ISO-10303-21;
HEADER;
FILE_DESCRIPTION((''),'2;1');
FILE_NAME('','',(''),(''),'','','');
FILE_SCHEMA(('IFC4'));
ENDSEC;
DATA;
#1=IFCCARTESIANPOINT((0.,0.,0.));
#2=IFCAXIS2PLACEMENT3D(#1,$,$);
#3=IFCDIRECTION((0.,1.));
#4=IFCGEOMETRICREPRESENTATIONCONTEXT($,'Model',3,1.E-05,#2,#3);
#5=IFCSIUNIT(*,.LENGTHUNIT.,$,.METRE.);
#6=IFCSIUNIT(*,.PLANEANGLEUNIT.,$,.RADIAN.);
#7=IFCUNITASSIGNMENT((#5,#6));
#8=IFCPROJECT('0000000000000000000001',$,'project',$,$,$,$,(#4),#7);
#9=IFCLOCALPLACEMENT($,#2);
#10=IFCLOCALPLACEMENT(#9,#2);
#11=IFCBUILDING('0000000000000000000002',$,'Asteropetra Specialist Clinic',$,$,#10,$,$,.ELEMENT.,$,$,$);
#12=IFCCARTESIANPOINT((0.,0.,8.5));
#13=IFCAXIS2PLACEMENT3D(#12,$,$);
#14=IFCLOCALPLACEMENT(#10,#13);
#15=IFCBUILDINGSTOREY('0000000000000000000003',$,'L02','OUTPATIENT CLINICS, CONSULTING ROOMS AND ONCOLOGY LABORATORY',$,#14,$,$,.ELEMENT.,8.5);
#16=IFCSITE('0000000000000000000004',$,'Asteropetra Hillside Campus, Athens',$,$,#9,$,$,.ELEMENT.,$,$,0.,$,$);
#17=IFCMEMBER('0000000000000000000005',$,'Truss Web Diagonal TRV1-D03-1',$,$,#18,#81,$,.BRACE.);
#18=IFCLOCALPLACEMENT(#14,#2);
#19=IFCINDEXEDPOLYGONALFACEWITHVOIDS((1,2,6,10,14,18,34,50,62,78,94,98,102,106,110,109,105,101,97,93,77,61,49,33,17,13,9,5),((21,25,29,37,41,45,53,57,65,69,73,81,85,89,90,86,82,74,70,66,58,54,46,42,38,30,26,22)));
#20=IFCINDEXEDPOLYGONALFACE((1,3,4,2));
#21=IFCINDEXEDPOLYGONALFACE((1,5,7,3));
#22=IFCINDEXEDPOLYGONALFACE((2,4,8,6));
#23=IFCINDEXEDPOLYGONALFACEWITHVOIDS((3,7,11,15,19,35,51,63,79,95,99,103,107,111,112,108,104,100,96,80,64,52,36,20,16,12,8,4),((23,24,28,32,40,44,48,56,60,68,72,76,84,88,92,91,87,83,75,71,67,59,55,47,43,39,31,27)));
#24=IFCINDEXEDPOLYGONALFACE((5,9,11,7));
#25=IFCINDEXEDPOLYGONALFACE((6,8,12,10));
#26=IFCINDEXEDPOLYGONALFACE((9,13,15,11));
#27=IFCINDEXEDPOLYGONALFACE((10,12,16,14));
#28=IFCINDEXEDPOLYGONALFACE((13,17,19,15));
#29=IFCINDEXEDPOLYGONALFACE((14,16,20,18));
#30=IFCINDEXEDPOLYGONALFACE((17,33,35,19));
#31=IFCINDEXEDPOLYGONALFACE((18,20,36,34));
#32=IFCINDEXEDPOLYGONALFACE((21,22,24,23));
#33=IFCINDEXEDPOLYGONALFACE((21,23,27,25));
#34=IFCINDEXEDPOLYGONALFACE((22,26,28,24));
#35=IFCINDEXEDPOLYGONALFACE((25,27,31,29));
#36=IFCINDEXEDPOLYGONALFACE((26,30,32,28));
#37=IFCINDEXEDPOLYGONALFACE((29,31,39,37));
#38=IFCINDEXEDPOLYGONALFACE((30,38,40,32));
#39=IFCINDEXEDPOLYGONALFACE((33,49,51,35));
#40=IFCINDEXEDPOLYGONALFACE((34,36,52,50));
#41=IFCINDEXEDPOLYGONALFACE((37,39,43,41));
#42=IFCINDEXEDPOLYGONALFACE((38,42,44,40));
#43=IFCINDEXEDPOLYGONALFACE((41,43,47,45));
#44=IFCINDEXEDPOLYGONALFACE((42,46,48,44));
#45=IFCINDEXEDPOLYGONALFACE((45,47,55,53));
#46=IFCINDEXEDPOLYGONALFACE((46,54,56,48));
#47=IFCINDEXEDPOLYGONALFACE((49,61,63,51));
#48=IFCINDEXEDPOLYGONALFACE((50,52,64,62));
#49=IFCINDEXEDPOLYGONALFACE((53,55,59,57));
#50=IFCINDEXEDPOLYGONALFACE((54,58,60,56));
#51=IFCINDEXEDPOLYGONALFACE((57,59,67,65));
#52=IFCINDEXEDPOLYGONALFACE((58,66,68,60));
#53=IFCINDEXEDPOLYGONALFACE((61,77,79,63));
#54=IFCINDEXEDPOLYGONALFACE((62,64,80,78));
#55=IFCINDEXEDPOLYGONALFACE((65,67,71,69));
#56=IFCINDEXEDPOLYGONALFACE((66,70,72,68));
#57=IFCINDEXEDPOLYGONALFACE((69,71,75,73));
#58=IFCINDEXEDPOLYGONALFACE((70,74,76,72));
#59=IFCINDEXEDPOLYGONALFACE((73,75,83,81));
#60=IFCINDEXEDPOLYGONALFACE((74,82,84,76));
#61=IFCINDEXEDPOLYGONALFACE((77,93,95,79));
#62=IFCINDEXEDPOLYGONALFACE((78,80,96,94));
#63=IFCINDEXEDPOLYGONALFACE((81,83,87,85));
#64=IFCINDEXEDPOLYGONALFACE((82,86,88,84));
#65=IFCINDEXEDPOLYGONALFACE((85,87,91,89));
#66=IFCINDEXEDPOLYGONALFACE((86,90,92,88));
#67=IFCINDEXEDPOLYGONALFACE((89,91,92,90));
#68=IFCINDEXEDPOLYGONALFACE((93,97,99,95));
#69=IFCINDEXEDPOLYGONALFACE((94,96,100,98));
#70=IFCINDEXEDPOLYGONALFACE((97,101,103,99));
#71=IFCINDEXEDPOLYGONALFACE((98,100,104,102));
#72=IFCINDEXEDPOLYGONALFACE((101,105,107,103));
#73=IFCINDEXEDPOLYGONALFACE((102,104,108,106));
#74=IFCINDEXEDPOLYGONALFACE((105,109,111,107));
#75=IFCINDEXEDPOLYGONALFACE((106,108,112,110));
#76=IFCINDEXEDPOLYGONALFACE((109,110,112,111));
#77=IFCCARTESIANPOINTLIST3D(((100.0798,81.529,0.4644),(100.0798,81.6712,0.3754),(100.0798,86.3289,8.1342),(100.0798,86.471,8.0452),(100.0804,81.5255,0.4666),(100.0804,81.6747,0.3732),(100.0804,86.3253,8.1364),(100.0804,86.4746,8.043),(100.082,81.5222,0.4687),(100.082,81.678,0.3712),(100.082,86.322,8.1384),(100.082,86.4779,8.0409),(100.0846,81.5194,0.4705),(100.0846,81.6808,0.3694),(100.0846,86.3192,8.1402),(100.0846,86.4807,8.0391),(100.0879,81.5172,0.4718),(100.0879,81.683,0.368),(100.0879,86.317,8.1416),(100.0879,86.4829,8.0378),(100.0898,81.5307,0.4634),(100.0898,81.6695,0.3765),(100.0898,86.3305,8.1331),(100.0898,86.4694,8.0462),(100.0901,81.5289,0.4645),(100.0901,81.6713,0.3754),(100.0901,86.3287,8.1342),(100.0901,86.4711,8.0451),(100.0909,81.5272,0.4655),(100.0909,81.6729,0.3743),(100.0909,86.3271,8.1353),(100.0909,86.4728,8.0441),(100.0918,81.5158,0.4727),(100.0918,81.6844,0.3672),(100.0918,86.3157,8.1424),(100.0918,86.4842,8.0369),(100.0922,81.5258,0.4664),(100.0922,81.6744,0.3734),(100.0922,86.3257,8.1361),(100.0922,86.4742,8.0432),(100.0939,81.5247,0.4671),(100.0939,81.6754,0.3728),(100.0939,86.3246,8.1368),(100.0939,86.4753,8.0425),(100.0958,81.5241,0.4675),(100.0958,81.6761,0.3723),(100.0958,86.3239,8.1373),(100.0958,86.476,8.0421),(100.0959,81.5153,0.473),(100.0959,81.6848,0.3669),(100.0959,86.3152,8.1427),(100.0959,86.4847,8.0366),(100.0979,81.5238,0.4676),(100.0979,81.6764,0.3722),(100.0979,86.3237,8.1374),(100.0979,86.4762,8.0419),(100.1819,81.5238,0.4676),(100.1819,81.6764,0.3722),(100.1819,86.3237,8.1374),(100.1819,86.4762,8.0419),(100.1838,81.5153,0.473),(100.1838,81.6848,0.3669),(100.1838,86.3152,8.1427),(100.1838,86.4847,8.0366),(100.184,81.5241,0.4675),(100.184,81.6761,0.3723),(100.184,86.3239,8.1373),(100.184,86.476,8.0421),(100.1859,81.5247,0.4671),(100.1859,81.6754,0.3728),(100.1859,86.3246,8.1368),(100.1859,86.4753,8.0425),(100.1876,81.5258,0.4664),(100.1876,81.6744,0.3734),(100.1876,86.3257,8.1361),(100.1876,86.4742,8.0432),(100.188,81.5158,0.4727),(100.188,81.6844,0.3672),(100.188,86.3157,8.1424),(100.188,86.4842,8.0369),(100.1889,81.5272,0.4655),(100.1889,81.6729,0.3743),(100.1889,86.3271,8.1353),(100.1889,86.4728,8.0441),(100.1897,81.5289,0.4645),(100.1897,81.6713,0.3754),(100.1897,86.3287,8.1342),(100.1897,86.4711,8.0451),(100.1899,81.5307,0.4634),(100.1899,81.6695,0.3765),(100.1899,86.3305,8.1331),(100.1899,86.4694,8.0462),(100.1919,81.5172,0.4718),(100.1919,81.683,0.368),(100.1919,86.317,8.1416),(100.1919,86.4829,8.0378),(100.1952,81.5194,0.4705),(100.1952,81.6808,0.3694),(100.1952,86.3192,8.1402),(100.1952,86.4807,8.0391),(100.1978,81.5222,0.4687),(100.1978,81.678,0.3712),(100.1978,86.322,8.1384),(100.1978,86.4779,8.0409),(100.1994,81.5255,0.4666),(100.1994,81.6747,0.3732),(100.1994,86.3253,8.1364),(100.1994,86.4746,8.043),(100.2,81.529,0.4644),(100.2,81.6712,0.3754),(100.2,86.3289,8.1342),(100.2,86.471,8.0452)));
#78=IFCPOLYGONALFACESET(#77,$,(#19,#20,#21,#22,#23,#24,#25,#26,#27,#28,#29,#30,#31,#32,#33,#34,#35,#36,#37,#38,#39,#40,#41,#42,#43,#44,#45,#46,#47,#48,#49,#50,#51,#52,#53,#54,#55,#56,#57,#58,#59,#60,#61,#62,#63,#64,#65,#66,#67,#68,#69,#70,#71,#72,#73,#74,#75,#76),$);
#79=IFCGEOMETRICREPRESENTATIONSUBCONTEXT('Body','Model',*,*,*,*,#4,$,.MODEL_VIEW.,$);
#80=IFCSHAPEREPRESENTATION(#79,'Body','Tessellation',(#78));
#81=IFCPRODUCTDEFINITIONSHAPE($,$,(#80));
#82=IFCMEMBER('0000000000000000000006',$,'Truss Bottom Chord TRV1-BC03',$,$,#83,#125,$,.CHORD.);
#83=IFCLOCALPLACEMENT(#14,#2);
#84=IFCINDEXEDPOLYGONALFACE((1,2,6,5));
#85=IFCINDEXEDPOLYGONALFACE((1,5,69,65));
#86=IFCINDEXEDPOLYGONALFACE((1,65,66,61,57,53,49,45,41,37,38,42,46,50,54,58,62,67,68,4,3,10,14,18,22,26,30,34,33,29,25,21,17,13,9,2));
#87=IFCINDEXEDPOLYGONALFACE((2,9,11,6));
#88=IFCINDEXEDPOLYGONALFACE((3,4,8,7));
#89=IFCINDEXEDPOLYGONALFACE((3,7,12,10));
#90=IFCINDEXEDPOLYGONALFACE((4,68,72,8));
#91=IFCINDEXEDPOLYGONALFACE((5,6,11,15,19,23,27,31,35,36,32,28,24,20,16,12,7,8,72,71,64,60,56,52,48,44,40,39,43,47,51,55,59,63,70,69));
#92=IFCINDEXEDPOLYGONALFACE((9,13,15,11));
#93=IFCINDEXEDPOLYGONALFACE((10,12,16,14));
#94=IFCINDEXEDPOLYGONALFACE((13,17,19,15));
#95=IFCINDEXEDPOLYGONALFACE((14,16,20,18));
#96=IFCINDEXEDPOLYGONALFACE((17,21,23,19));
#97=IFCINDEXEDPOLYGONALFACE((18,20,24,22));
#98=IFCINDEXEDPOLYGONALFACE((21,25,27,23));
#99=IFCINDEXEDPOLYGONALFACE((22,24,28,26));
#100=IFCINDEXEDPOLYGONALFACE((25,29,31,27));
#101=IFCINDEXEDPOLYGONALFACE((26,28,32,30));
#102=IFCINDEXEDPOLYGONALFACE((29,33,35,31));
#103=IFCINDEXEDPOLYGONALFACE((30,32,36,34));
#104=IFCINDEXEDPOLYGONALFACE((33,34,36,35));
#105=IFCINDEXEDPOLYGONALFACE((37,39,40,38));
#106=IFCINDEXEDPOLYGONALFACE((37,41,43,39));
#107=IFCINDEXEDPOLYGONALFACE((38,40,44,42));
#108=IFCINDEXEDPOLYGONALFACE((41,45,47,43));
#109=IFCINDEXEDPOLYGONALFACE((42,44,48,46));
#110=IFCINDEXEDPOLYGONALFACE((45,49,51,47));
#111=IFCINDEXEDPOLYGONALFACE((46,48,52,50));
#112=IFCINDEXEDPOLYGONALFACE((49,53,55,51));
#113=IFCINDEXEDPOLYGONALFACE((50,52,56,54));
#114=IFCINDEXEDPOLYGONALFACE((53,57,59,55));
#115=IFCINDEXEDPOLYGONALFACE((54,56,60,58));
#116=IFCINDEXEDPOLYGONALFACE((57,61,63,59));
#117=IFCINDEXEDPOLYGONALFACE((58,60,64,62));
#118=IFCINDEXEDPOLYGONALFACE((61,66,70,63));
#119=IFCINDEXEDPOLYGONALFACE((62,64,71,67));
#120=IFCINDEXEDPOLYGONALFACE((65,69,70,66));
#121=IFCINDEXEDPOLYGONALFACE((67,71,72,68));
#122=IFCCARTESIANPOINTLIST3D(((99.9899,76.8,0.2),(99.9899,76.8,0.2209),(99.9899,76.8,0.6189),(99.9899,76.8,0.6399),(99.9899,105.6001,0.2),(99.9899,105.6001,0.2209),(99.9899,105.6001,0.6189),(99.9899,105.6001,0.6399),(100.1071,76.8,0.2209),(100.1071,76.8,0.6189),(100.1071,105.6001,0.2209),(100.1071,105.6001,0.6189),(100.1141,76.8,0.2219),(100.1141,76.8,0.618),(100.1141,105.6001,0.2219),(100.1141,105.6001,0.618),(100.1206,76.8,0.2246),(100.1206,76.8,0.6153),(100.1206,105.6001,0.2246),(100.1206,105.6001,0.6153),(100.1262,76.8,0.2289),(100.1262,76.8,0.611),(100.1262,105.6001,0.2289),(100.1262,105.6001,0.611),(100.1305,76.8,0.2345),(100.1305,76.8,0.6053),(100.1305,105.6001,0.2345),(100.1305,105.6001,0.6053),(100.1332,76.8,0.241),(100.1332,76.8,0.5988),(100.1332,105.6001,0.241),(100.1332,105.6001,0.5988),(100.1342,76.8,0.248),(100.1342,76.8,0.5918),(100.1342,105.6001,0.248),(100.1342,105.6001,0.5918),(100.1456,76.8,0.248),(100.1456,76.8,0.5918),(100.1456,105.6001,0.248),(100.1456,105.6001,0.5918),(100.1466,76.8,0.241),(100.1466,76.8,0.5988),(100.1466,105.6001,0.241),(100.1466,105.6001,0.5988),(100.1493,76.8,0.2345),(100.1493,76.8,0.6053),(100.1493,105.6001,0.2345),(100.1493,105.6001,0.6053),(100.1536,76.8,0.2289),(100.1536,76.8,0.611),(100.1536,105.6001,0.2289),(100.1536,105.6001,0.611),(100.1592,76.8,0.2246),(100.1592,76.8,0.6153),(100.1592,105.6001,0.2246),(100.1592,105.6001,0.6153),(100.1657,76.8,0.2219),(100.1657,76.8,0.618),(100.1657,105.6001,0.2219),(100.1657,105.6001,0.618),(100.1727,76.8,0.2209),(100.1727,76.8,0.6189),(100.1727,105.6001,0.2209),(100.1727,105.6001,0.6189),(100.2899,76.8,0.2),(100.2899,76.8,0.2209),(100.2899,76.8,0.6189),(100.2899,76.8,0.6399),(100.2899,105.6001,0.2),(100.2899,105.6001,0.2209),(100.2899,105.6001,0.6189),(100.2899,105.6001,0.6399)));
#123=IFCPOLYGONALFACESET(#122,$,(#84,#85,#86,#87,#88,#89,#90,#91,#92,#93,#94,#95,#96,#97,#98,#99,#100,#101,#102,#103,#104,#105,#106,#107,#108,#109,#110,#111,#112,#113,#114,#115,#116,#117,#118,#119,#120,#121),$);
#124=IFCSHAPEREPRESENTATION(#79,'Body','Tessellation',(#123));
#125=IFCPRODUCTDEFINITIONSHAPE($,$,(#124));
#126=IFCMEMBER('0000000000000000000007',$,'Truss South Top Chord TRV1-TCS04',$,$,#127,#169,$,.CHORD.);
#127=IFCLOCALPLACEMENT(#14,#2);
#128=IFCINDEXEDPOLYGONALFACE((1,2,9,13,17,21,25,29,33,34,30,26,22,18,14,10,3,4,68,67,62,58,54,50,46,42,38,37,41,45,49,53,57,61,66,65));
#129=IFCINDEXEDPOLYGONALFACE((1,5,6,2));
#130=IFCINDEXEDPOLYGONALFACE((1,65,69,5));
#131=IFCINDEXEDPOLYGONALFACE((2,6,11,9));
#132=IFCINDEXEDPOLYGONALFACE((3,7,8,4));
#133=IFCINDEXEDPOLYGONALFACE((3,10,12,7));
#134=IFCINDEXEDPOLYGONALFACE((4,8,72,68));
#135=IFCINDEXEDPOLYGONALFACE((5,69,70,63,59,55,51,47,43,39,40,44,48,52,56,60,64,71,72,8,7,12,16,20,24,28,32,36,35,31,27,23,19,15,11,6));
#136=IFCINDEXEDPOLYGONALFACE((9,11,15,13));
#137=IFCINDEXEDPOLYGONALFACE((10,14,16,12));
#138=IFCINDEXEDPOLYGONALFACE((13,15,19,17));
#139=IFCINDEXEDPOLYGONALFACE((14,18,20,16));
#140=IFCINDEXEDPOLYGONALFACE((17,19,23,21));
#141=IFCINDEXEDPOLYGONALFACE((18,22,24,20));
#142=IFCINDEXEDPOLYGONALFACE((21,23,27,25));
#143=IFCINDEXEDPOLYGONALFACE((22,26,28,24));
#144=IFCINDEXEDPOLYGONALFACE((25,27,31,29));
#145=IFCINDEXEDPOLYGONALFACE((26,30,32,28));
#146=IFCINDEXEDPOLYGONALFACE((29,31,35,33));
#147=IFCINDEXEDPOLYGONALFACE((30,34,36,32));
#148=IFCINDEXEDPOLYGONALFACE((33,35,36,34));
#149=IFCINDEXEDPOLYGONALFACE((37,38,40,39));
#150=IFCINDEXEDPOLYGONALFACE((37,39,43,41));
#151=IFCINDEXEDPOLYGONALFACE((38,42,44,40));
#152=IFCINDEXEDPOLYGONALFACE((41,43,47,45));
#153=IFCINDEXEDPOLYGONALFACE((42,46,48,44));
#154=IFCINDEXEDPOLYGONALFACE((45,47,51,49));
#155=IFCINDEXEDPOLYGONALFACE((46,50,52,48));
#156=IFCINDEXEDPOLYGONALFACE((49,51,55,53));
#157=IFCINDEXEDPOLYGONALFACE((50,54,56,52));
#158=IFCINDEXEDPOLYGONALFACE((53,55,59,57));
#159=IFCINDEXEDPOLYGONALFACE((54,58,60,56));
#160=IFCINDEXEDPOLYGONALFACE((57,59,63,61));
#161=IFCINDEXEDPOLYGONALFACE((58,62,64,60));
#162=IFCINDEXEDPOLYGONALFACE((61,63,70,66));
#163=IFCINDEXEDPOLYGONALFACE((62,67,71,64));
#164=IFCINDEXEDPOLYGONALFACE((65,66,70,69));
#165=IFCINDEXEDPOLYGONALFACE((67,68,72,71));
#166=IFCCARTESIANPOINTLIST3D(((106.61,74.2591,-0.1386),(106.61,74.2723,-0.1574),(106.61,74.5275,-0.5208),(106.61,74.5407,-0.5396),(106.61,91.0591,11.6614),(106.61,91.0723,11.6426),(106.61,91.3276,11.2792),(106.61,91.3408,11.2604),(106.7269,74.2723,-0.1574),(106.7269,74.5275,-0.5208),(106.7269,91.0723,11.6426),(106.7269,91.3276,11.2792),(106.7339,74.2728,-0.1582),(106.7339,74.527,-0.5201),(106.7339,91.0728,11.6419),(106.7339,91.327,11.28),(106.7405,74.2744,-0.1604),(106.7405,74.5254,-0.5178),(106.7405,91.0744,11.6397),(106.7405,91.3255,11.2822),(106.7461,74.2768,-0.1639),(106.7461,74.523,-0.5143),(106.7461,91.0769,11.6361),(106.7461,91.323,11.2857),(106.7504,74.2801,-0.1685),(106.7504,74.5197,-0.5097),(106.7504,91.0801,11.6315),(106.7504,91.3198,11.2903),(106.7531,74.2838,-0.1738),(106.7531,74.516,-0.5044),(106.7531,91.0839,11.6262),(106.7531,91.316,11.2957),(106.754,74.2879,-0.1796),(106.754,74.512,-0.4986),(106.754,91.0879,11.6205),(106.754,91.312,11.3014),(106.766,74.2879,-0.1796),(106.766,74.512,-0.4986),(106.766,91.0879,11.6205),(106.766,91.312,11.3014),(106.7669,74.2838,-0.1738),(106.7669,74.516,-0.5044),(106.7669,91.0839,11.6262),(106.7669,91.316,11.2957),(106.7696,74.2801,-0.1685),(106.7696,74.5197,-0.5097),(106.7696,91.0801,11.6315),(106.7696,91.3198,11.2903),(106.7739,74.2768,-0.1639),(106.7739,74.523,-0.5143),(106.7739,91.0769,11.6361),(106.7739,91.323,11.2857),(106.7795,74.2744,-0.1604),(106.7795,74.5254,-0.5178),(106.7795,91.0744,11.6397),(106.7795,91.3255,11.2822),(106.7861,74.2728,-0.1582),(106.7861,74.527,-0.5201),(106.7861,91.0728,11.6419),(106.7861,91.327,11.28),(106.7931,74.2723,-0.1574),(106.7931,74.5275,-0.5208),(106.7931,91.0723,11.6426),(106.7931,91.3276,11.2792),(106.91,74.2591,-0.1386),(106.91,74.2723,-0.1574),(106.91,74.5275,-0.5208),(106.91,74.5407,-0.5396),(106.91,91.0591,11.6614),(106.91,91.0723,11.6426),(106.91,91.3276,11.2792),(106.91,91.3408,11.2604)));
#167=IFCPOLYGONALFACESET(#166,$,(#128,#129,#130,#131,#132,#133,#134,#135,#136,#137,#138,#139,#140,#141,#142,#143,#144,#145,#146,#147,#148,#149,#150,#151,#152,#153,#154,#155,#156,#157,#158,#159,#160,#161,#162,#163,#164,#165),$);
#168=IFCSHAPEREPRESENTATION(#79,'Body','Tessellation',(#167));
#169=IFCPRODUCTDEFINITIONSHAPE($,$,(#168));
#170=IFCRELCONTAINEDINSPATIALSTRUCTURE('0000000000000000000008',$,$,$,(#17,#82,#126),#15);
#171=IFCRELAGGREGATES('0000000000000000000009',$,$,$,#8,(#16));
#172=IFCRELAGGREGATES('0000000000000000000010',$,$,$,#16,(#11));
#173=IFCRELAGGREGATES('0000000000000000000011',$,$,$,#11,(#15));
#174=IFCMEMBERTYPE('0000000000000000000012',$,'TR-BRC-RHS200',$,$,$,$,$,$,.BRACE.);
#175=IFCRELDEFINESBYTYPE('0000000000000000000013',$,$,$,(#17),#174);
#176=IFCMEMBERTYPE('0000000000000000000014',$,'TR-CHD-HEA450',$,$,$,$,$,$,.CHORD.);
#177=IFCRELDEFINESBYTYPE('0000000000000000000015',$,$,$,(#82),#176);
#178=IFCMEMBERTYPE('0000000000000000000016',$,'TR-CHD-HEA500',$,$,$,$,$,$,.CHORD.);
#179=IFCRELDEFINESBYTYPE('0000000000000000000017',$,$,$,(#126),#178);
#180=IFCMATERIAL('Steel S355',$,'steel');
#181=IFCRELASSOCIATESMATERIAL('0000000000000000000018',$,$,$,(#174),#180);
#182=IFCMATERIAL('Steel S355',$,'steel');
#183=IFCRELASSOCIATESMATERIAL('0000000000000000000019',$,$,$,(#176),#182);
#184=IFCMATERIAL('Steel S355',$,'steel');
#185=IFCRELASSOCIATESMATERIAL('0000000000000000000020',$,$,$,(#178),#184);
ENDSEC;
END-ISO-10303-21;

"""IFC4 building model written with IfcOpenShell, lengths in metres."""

from ifc_helpers import new_model, si_unit, direction, frame, origin, origin_2d, place, context, subcontext, project, spatial, hollow_rectangle, i_section, extrude, material, material_profile, profile_set, type_object, element, save


model = new_model("IFC4")

# Units and contexts
model_context = context("Model", 3, precision=1e-05, world=origin(), true_north=direction((0.0, 1.0)))
body_context = subcontext(model_context, "Body", "Model", "MODEL_VIEW")
ifc_project = project(units=[si_unit("LENGTHUNIT", "METRE"), si_unit("PLANEANGLEUNIT", "RADIAN")], contexts=[model_context])

# Site, building, storey
site_placement = place(None, origin())
site = spatial("IfcSite", under=ifc_project, at=site_placement, Name="Asteropetra Hillside Campus, Athens", CompositionType="ELEMENT", RefElevation=0.0)
building_placement = place(site_placement, origin())
building = spatial("IfcBuilding", under=site, at=building_placement, Name="Asteropetra Specialist Clinic", CompositionType="ELEMENT")
storey_placement = place(building_placement, frame((0.0, 0.0, 8.5)))
storey = spatial("IfcBuildingStorey", under=building, at=storey_placement, Name="L02", Description="OUTPATIENT CLINICS, CONSULTING ROOMS AND ONCOLOGY LABORATORY", CompositionType="ELEMENT", Elevation=8.5)

# Members
ifc_material_1 = material(Name="Steel S355", Category="steel")
ifc_material_profile_1 = material_profile(ifc_material_1, hollow_rectangle(XDim=0.1201, YDim=0.2, WallThickness=0.01, InnerFilletRadius=0.0081, OuterFilletRadius=0.0161, at=origin_2d()), Name="RHS 200x120x10.0")
ifc_profile_set_1 = profile_set([ifc_material_profile_1], Name="Steel S355")
member_type_1 = type_object("IfcMemberType", Name="TR-BRC-RHS200", PredefinedType="BRACE", material=ifc_profile_set_1)
member_1_placement = place(storey_placement, frame((100.1399, 81.6001, 0.4199), z_axis=(0.0, 0.530496, 0.847687), x_axis=(-1.0, 0.0, 0.0)))
element("IfcMember", 1, at=member_1_placement, inside=storey, type_object=member_type_1, Name="Truss Web Diagonal TRV1-D03-1", PredefinedType="BRACE", context=body_context, shape_type="SweptSolid", body=[
    extrude(hollow_rectangle(XDim=0.1201, YDim=0.2, WallThickness=0.01, InnerFilletRadius=0.0081, OuterFilletRadius=0.0161, at=origin_2d()), origin(), (0.0, 0.0, 1.0), 9.0479),
])
ifc_material_2 = material(Name="Steel S355", Category="steel")
ifc_material_profile_2 = material_profile(ifc_material_2, i_section(OverallWidth=0.3, OverallDepth=0.4399, WebThickness=0.0115, FlangeThickness=0.021, FilletRadius=0.0271, at=origin_2d()), Name="HEA 450")
ifc_profile_set_2 = profile_set([ifc_material_profile_2], Name="Steel S355")
member_type_2 = type_object("IfcMemberType", Name="TR-CHD-HEA450", PredefinedType="CHORD", material=ifc_profile_set_2)
member_2_placement = place(storey_placement, frame((100.1399, 76.8, 0.4199), z_axis=(0.0, 1.0, 0.0), x_axis=(-1.0, 0.0, 0.0)))
element("IfcMember", 2, at=member_2_placement, inside=storey, type_object=member_type_2, Name="Truss Bottom Chord TRV1-BC03", PredefinedType="CHORD", context=body_context, shape_type="SweptSolid", body=[
    extrude(i_section(OverallWidth=0.3, OverallDepth=0.4399, WebThickness=0.0115, FlangeThickness=0.021, FilletRadius=0.0271, at=origin_2d()), origin(), (0.0, 0.0, 1.0), 28.8),
])
ifc_material_3 = material(Name="Steel S355", Category="steel")
ifc_material_profile_3 = material_profile(ifc_material_3, i_section(OverallWidth=0.3, OverallDepth=0.49, WebThickness=0.012, FlangeThickness=0.0229, FilletRadius=0.0271, at=origin_2d()), Name="HEA 500")
ifc_profile_set_3 = profile_set([ifc_material_profile_3], Name="Steel S355")
member_type_3 = type_object("IfcMemberType", Name="TR-CHD-HEA500", PredefinedType="CHORD", material=ifc_profile_set_3)
member_3_placement = place(storey_placement, frame((106.76, 74.3999, -0.3391), z_axis=(0.0, 0.818315, 0.57477), x_axis=(-1.0, 0.0, 0.0)))
element("IfcMember", 3, at=member_3_placement, inside=storey, type_object=member_type_3, Name="Truss South Top Chord TRV1-TCS04", PredefinedType="CHORD", context=body_context, shape_type="SweptSolid", body=[
    extrude(i_section(OverallWidth=0.3, OverallDepth=0.49, WebThickness=0.012, FlangeThickness=0.0229, FilletRadius=0.0271, at=origin_2d()), origin(), (0.0, 0.0, 1.0), 20.53),
])

save(model, "model.ifc")
